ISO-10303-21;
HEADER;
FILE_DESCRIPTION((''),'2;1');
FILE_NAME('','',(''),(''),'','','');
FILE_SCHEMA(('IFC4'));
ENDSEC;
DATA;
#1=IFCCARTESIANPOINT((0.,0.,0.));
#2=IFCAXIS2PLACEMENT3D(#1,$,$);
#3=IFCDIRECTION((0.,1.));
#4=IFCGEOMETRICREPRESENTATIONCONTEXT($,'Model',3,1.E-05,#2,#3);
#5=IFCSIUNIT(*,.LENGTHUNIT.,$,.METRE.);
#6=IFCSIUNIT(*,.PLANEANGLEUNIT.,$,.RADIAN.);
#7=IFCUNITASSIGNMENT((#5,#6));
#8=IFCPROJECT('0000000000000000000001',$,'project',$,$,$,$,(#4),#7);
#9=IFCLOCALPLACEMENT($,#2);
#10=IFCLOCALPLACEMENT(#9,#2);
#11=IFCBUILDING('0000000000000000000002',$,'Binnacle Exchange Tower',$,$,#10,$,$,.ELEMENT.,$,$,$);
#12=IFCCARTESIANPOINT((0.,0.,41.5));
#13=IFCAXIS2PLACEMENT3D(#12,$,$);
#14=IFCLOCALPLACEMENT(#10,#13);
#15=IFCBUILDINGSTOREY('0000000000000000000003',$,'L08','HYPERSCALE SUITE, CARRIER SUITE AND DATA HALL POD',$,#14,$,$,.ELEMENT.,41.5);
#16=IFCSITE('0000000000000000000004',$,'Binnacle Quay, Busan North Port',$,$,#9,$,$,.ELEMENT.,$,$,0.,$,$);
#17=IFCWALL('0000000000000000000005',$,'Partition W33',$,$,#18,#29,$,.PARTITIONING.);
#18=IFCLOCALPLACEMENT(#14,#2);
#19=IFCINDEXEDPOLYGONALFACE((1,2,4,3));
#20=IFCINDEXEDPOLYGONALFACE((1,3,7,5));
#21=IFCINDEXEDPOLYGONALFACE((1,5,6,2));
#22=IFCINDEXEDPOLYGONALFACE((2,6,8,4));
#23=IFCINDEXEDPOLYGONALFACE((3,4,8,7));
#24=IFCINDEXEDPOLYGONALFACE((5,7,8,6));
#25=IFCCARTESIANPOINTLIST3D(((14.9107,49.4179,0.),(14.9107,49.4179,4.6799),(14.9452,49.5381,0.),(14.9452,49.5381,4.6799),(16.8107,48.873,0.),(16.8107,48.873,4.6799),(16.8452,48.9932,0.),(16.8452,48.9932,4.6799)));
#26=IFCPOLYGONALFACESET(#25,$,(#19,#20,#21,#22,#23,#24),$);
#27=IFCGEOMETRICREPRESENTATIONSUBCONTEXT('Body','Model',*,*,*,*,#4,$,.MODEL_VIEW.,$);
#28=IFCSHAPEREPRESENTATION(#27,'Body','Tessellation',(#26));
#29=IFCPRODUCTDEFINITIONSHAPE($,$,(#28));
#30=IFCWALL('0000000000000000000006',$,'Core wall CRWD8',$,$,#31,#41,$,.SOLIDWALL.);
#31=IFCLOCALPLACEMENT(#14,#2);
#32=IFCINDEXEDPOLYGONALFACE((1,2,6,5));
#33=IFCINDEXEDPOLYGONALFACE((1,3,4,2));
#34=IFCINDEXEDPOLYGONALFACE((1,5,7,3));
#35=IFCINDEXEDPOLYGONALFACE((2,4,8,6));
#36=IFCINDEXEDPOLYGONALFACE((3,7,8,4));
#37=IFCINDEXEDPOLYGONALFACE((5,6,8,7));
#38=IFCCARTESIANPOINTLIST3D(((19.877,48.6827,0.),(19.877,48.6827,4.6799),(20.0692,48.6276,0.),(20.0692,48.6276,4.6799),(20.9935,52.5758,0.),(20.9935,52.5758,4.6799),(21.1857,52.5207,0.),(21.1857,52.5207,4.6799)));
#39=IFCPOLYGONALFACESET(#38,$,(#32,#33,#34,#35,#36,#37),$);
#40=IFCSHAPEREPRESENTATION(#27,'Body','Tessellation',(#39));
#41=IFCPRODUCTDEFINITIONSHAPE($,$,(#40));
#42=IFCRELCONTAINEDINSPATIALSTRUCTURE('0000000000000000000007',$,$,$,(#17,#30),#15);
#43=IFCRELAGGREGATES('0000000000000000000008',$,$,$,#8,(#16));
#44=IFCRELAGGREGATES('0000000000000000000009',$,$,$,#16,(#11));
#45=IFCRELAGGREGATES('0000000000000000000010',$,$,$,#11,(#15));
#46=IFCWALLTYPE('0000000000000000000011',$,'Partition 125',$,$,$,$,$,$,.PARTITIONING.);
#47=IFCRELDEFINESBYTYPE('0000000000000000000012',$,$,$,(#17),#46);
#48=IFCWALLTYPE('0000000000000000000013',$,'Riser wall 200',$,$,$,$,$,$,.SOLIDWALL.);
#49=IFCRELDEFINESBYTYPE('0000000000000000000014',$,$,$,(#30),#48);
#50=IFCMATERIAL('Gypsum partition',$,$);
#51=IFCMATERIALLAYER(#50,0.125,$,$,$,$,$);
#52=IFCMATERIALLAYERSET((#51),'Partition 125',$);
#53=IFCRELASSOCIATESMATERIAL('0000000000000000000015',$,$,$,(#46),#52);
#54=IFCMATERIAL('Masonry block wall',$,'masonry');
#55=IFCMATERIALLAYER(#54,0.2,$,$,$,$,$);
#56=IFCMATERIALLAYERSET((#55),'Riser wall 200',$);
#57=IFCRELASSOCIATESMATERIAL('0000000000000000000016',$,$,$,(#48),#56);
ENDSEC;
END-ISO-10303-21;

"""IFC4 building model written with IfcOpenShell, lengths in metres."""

from ifc_helpers import new_model, si_unit, direction, frame, frame_2d, origin, place, context, subcontext, project, spatial, rectangle, extrude, material, layer, layer_set, type_object, element, save


model = new_model("IFC4")

# Units and contexts
model_context = context("Model", 3, precision=1e-05, world=origin(), true_north=direction((0.0, 1.0)))
body_context = subcontext(model_context, "Body", "Model", "MODEL_VIEW")
ifc_project = project(units=[si_unit("LENGTHUNIT", "METRE"), si_unit("PLANEANGLEUNIT", "RADIAN")], contexts=[model_context])

# Site, building, storey
site_placement = place(None, origin())
site = spatial("IfcSite", under=ifc_project, at=site_placement, Name="Binnacle Quay, Busan North Port", CompositionType="ELEMENT", RefElevation=0.0)
building_placement = place(site_placement, origin())
building = spatial("IfcBuilding", under=site, at=building_placement, Name="Binnacle Exchange Tower", CompositionType="ELEMENT")
storey_placement = place(building_placement, frame((0.0, 0.0, 41.5)))
storey = spatial("IfcBuildingStorey", under=building, at=storey_placement, Name="L08", Description="HYPERSCALE SUITE, CARRIER SUITE AND DATA HALL POD", CompositionType="ELEMENT", Elevation=41.5)

# Shared definitions
ifc_material_1 = material(Name="Masonry block wall", Category="masonry")

# Walls
ifc_material_2 = material(Name="Gypsum partition")
ifc_layer_1 = layer(ifc_material_2, 0.125)
ifc_layer_set_1 = layer_set([ifc_layer_1], Name="Partition 125")
wall_type_1 = type_object("IfcWallType", Name="Partition 125", PredefinedType="PARTITIONING", material=ifc_layer_set_1)
wall_1_placement = place(storey_placement, frame((14.928, 49.478, 0.0), z_axis=(0.0, 0.0, 1.0), x_axis=(0.961244, -0.2757, 0.0)))
element("IfcWall", 1, at=wall_1_placement, inside=storey, type_object=wall_type_1, Name="Partition W33", PredefinedType="PARTITIONING", context=body_context, shape_type="SweptSolid", body=[
    extrude(rectangle(XDim=1.9766, YDim=0.125, at=frame_2d((0.9883, 0.0))), origin(), (0.0, 0.0, 1.0), 4.6799),
])
ifc_layer_2 = layer(ifc_material_1, 0.2)
ifc_layer_set_2 = layer_set([ifc_layer_2], Name="Riser wall 200")
wall_type_2 = type_object("IfcWallType", Name="Riser wall 200", PredefinedType="SOLIDWALL", material=ifc_layer_set_2)
wall_2_placement = place(storey_placement, frame((19.9731, 48.6553, 0.0), z_axis=(0.0, 0.0, 1.0), x_axis=(0.275668, 0.961253, 0.0)))
element("IfcWall", 2, at=wall_2_placement, inside=storey, type_object=wall_type_2, Name="Core wall CRWD8", PredefinedType="SOLIDWALL", context=body_context, shape_type="SweptSolid", body=[
    extrude(rectangle(XDim=4.05, YDim=0.2, at=frame_2d((2.0249, 0.0))), origin(), (0.0, 0.0, 1.0), 4.6799),
])

save(model, "model.ifc")
